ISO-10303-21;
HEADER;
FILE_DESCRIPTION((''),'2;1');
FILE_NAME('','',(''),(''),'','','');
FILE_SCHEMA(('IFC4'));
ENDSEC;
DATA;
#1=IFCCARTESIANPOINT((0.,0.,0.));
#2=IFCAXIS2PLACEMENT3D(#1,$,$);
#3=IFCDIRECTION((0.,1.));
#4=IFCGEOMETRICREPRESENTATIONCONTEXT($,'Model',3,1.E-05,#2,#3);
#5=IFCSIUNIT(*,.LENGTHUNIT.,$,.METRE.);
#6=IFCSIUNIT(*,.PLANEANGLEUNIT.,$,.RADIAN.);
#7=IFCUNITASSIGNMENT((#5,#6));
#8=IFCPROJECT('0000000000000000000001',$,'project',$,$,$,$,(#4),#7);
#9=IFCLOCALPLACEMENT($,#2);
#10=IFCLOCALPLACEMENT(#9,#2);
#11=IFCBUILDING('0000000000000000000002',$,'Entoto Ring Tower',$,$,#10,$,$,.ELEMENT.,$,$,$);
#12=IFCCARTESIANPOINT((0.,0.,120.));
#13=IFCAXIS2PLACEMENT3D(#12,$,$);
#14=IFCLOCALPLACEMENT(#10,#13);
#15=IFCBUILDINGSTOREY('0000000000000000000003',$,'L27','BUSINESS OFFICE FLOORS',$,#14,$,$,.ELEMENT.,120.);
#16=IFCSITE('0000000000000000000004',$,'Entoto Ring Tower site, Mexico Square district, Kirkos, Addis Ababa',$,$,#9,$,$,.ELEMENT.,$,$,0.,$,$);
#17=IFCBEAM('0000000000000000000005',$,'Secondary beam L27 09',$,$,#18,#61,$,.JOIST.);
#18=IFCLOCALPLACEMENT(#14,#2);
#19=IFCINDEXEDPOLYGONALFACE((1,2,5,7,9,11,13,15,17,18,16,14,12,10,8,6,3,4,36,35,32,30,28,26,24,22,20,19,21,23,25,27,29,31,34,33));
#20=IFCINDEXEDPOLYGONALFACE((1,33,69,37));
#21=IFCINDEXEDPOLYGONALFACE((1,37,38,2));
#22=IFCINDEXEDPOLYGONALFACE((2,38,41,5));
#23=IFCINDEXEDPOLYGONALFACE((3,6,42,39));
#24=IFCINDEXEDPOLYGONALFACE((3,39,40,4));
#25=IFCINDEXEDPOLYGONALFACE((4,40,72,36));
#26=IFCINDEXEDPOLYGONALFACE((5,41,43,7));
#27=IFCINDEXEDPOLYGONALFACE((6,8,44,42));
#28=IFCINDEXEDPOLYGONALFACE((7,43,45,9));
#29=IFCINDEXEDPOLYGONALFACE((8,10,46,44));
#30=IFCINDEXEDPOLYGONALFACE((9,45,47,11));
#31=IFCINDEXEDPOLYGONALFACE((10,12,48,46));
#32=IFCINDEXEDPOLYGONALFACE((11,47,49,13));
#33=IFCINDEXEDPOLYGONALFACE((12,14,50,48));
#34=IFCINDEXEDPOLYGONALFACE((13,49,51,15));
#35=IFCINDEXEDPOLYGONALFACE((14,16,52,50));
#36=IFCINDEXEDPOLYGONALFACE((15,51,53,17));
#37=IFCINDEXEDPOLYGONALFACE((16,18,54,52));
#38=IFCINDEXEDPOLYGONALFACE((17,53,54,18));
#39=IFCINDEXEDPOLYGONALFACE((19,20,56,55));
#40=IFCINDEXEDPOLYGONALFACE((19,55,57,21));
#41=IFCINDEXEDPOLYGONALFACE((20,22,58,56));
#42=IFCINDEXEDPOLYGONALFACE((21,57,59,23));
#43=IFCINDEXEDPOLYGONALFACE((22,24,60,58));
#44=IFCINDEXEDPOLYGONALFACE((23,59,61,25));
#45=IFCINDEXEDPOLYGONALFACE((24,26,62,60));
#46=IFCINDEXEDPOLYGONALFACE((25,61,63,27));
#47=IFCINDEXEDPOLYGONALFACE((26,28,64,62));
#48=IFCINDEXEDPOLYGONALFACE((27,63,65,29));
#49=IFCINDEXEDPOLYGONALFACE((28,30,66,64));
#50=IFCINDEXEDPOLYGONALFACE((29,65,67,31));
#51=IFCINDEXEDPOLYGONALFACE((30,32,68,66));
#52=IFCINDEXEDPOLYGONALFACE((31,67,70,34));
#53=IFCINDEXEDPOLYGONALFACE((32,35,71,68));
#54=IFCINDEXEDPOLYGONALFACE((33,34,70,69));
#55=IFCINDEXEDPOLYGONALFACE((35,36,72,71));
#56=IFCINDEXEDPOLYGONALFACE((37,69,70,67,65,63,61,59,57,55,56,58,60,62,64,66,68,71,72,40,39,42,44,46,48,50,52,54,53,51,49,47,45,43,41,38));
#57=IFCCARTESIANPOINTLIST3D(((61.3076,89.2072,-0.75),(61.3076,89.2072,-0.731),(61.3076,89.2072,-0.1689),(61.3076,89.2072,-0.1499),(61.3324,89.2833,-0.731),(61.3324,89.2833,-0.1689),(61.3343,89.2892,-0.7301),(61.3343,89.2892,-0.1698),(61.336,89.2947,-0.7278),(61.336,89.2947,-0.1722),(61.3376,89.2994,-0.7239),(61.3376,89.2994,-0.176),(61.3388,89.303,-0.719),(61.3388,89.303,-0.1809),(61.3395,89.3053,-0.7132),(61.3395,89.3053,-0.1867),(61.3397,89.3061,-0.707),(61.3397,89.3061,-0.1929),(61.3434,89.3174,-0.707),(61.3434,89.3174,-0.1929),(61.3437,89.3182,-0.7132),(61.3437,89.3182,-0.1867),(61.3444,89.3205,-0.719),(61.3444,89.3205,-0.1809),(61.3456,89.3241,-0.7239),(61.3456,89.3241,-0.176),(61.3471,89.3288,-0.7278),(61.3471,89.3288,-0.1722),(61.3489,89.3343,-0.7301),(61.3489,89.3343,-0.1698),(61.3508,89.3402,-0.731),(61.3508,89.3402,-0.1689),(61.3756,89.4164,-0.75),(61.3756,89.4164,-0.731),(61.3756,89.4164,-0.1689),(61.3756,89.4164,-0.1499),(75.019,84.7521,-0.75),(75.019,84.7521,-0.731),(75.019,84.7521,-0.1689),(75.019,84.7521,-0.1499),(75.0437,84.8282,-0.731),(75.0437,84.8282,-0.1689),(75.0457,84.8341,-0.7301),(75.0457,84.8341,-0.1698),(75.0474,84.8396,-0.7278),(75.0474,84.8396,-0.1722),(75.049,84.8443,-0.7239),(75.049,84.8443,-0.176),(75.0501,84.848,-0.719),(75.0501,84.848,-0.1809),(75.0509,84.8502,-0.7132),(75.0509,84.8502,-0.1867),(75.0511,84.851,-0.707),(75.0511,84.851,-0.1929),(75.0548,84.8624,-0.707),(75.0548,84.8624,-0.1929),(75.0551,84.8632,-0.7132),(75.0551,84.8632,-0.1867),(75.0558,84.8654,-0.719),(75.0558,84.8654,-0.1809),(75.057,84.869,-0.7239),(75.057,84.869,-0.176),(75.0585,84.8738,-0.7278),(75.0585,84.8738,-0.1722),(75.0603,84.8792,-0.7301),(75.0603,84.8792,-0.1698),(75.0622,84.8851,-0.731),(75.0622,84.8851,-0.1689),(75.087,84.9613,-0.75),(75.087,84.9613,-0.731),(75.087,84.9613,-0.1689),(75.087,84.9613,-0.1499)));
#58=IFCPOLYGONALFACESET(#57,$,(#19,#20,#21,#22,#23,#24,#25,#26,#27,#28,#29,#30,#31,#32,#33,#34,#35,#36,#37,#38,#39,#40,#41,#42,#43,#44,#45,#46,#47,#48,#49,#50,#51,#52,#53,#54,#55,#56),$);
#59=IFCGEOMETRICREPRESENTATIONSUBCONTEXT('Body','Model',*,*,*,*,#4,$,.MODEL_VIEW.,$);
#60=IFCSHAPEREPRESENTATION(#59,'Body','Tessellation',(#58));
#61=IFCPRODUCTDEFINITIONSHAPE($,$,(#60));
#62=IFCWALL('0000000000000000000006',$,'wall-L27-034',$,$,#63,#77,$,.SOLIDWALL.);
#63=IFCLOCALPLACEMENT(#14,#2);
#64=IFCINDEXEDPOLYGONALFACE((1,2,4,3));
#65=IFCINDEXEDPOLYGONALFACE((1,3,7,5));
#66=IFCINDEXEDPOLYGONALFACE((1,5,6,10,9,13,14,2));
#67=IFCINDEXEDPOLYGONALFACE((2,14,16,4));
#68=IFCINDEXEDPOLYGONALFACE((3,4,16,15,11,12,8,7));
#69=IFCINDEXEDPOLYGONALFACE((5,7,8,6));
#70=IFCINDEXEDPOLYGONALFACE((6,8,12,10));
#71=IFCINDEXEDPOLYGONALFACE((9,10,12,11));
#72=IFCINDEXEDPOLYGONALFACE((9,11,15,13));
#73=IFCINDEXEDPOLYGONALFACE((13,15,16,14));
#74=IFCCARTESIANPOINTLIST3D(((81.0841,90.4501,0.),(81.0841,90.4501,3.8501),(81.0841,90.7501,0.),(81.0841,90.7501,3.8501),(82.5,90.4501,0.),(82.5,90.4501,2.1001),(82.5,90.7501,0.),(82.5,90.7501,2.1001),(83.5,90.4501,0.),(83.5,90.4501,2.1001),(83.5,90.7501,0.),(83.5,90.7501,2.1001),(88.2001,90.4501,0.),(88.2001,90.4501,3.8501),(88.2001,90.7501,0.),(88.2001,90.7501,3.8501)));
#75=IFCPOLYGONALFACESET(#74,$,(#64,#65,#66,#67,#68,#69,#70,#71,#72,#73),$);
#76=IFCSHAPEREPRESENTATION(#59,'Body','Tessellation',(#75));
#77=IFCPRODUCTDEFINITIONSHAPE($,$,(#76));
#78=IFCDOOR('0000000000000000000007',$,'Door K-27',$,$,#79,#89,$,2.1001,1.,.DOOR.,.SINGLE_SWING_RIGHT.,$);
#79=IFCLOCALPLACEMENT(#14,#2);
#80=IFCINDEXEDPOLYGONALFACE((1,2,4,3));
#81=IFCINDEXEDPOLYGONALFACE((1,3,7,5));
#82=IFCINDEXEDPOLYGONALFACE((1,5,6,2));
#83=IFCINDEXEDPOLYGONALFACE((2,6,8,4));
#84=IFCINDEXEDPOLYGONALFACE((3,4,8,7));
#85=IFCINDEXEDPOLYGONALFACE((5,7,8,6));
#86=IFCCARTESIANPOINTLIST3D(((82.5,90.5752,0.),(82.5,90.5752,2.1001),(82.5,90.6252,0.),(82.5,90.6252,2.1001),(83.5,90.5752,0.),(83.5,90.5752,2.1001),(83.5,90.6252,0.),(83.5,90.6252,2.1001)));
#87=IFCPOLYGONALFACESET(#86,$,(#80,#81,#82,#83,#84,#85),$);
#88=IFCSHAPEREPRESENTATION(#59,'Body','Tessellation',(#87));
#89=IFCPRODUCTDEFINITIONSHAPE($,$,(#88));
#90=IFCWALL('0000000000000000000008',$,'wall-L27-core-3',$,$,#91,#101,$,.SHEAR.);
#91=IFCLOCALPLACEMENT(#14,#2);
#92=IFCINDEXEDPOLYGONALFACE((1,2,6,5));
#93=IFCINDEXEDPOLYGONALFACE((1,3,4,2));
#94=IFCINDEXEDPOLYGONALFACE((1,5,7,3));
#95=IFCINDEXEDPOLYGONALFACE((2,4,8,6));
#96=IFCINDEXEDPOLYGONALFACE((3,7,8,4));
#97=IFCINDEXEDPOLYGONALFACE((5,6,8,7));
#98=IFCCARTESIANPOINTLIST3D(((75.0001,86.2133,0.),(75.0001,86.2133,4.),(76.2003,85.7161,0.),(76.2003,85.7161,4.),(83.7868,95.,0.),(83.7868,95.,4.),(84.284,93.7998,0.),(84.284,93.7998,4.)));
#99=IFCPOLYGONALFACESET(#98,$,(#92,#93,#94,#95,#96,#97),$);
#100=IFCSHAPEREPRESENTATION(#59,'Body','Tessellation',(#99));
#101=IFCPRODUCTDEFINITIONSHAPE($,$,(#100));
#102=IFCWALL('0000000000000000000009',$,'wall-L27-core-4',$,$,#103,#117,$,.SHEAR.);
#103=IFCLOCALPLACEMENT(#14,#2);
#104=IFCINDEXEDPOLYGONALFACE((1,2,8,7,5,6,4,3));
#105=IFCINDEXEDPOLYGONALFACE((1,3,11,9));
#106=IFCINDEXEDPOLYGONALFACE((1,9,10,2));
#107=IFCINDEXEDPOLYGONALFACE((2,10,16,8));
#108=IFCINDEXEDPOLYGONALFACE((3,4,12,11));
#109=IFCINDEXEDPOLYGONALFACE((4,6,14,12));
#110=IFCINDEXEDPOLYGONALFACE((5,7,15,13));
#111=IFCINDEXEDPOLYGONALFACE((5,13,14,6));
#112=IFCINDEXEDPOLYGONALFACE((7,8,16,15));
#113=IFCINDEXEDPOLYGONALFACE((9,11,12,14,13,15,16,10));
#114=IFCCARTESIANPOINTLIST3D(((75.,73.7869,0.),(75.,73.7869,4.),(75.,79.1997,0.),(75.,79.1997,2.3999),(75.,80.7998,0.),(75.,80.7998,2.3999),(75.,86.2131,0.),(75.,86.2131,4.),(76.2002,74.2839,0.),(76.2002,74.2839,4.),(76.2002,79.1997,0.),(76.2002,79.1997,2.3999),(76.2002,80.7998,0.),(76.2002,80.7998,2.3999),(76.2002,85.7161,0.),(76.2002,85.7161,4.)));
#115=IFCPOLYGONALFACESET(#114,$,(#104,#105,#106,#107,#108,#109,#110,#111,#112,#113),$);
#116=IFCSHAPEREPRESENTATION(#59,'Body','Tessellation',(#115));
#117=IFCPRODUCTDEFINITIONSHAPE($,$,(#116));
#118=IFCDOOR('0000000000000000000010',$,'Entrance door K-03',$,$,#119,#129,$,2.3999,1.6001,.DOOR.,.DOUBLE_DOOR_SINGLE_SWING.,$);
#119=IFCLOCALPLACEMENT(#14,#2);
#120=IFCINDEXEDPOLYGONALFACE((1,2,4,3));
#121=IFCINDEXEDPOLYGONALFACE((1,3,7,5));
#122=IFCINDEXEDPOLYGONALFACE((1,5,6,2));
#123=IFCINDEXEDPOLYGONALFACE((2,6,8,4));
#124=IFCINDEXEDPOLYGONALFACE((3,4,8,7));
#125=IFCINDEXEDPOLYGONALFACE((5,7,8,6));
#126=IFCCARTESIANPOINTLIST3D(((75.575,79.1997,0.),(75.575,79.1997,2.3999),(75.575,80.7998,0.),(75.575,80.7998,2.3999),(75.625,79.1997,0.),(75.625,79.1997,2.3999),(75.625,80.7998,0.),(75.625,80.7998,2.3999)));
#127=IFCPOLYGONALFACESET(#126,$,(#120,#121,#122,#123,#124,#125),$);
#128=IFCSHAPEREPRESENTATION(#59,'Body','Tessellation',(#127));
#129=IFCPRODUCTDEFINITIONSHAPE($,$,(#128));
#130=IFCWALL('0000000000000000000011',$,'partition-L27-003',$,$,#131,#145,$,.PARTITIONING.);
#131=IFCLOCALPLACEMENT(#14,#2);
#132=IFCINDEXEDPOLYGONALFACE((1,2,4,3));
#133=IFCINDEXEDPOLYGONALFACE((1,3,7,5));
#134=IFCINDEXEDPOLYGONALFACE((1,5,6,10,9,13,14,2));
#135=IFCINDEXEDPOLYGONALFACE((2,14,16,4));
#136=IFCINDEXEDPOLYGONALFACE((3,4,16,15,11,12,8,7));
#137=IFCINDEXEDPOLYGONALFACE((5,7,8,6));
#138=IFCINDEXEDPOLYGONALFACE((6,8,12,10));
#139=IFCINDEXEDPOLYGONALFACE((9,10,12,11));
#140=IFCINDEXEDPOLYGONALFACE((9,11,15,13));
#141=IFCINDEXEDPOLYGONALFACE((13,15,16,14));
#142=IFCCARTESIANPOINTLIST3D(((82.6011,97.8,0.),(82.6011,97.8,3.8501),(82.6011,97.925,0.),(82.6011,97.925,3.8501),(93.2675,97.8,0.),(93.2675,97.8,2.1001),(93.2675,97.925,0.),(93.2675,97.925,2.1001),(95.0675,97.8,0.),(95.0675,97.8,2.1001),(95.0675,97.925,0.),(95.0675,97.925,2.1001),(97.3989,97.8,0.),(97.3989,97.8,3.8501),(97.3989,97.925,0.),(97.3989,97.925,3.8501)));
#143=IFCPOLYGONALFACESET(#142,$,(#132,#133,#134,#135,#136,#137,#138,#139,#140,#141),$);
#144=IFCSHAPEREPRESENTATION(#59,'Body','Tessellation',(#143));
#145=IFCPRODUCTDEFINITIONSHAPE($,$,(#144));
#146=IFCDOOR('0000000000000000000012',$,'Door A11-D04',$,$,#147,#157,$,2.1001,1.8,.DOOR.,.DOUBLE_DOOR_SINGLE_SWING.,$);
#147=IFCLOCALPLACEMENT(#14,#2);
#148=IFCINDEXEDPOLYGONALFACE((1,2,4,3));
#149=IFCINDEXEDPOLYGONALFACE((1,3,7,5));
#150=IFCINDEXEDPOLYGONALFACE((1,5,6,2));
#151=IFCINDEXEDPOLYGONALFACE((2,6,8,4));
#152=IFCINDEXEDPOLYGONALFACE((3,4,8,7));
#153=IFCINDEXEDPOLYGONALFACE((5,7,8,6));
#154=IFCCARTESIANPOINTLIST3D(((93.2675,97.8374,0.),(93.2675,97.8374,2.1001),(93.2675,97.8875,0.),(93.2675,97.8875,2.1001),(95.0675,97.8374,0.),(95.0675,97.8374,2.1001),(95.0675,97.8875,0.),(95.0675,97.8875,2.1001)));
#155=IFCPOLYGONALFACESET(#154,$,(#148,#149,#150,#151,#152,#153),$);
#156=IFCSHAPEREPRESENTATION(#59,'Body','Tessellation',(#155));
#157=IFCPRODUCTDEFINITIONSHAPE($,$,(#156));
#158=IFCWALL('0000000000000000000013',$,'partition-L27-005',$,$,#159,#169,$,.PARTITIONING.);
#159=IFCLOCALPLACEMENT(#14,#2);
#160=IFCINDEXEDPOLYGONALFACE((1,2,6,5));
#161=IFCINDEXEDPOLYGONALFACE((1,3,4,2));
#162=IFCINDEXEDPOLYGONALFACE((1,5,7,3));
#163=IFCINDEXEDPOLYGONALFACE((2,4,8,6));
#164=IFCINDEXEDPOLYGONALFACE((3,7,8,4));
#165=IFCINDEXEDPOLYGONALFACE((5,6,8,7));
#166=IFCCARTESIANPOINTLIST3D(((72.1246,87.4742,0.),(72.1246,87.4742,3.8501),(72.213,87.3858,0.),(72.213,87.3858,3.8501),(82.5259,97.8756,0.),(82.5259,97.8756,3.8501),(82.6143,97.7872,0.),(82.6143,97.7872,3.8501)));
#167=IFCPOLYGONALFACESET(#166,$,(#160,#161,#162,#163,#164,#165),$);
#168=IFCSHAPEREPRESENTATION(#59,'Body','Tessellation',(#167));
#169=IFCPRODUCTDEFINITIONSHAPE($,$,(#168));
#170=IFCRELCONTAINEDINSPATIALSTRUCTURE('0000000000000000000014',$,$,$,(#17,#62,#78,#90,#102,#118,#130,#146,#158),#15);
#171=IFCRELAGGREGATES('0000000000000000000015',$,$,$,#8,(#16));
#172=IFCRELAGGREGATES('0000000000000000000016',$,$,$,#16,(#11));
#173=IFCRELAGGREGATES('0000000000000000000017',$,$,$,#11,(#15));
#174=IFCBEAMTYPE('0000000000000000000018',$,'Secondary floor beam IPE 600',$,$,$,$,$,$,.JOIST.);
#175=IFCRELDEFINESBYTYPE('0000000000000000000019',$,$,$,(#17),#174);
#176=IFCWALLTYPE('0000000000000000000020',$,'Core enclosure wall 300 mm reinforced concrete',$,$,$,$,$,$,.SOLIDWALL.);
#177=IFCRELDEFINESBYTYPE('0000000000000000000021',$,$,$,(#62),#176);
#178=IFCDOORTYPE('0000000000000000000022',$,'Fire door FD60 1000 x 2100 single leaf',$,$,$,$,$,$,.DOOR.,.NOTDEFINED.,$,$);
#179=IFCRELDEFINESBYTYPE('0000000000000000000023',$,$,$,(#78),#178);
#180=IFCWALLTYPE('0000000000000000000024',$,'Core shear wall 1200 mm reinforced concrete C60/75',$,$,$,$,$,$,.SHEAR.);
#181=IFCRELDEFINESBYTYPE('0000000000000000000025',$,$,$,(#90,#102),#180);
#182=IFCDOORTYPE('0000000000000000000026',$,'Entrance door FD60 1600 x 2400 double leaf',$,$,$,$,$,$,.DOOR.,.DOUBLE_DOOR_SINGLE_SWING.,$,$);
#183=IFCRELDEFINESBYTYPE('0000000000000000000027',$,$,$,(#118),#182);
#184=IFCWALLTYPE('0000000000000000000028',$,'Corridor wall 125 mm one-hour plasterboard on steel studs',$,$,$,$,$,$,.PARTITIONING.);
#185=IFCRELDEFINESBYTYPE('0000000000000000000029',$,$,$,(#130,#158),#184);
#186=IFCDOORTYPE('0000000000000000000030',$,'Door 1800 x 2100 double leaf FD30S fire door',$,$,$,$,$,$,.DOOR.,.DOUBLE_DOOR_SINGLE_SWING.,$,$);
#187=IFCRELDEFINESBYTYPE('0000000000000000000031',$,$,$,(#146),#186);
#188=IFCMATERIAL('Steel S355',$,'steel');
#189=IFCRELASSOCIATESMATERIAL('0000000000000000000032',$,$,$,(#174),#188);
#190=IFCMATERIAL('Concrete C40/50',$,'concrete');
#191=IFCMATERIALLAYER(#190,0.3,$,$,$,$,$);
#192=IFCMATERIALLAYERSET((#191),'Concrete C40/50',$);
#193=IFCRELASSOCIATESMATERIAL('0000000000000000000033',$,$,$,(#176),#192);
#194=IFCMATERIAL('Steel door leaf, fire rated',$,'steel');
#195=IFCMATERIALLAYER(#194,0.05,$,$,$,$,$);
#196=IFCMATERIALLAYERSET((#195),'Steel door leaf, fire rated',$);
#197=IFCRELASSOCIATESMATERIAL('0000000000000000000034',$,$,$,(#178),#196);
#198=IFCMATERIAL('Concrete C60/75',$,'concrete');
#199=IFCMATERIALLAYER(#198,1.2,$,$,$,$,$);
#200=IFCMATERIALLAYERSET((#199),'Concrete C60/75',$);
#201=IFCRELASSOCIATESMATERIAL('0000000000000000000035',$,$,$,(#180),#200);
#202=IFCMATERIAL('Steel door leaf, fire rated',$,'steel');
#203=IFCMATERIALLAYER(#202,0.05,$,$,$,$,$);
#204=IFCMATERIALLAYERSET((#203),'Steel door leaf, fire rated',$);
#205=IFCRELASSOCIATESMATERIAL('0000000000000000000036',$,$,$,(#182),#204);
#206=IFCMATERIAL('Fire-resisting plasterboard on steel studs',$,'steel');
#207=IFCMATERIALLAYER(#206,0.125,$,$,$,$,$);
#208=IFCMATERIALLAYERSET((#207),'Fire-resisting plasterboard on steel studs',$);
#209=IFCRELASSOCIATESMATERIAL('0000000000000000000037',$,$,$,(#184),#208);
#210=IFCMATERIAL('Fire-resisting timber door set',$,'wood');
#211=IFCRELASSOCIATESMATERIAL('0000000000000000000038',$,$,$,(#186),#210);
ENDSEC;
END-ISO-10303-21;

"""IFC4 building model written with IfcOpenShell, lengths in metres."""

from ifc_helpers import new_model, si_unit, direction, frame, frame_2d, origin, origin_2d, place, context, subcontext, project, spatial, polyline, rectangle, i_section, outline, extrude, material, layer, layer_set, material_profile, profile_set, type_object, element, fill, save


model = new_model("IFC4")

# Units and contexts
model_context = context("Model", 3, precision=1e-05, world=origin(), true_north=direction((0.0, 1.0)))
body_context = subcontext(model_context, "Body", "Model", "MODEL_VIEW")
ifc_project = project(units=[si_unit("LENGTHUNIT", "METRE"), si_unit("PLANEANGLEUNIT", "RADIAN")], contexts=[model_context])

# Site, building, storey
site_placement = place(None, origin())
site = spatial("IfcSite", under=ifc_project, at=site_placement, Name="Entoto Ring Tower site, Mexico Square district, Kirkos, Addis Ababa", CompositionType="ELEMENT", RefElevation=0.0)
building_placement = place(site_placement, origin())
building = spatial("IfcBuilding", under=site, at=building_placement, Name="Entoto Ring Tower", CompositionType="ELEMENT")
storey_placement = place(building_placement, frame((0.0, 0.0, 120.0)))
storey = spatial("IfcBuildingStorey", under=building, at=storey_placement, Name="L27", Description="BUSINESS OFFICE FLOORS", CompositionType="ELEMENT", Elevation=120.0)

# Beam
ifc_material_1 = material(Name="Steel S355", Category="steel")
ifc_material_profile_1 = material_profile(ifc_material_1, i_section(OverallWidth=0.22, OverallDepth=0.6001, WebThickness=0.012, FlangeThickness=0.019, FilletRadius=0.0239, at=origin_2d()), Name="IPE 600")
ifc_profile_set_1 = profile_set([ifc_material_profile_1], Name="Steel S355")
beam_type_1 = type_object("IfcBeamType", Name="Secondary floor beam IPE 600", PredefinedType="JOIST", material=ifc_profile_set_1)
beam_1_placement = place(storey_placement, frame((75.053, 84.8567, -0.45), z_axis=(-0.951057, 0.309015, 0.0), x_axis=(-0.309015, -0.951057, 0.0)))
element("IfcBeam", 1, at=beam_1_placement, inside=storey, type_object=beam_type_1, Name="Secondary beam L27 09", PredefinedType="JOIST", context=body_context, shape_type="SweptSolid", body=[
    extrude(i_section(OverallWidth=0.22, OverallDepth=0.6001, WebThickness=0.012, FlangeThickness=0.019, FilletRadius=0.0239, at=origin_2d()), origin(), (0.0, 0.0, 1.0), 14.417),
])

# Wall, opening, door
ifc_material_2 = material(Name="Concrete C40/50", Category="concrete")
ifc_layer_1 = layer(ifc_material_2, 0.3)
ifc_layer_set_1 = layer_set([ifc_layer_1], Name="Concrete C40/50")
wall_type_1 = type_object("IfcWallType", Name="Core enclosure wall 300 mm reinforced concrete", PredefinedType="SOLIDWALL", material=ifc_layer_set_1)
wall_1_placement = place(storey_placement, frame((81.084, 90.6001, 0.0), z_axis=(0.0, 0.0, 1.0), x_axis=(1.0, 0.0, 0.0)))
wall_1 = element("IfcWall", 2, at=wall_1_placement, inside=storey, type_object=wall_type_1, Name="wall-L27-034", PredefinedType="SOLIDWALL", context=body_context, shape_type="SweptSolid", body=[
    extrude(rectangle(XDim=7.116, YDim=0.3, at=frame_2d((3.5581, 0.0))), origin(), (0.0, 0.0, 1.0), 3.8501),
])
opening_1_placement = place(wall_1_placement, frame((1.416, 0.0, 0.0)))
opening_1 = element("IfcOpeningElement", 3, at=opening_1_placement, cuts=wall_1, PredefinedType="OPENING", context=body_context, shape_type="SweptSolid", body=[
    extrude(rectangle(XDim=1.0, YDim=2.1001, at=frame_2d((0.5, 1.05))), frame((0.0, 0.1602, 0.0), z_axis=(0.0, -1.0, 0.0), x_axis=(1.0, 0.0, 0.0)), (0.0, 0.0, 1.0), 0.3201),
])
ifc_material_3 = material(Name="Steel door leaf, fire rated", Category="steel")
ifc_layer_2 = layer(ifc_material_3, 0.05)
ifc_layer_set_2 = layer_set([ifc_layer_2], Name="Steel door leaf, fire rated")
door_type_1 = type_object("IfcDoorType", Name="Fire door FD60 1000 x 2100 single leaf", OperationType="NOTDEFINED", PredefinedType="DOOR", material=ifc_layer_set_2)
door_1_placement = place(opening_1_placement, frame((1.0, 0.0, 0.0), z_axis=(0.0, 0.0, 1.0), x_axis=(-1.0, 0.0, 0.0)))
door_1 = element("IfcDoor", 4, at=door_1_placement, inside=storey, type_object=door_type_1, Name="Door K-27", OperationType="SINGLE_SWING_RIGHT", OverallHeight=2.1001, OverallWidth=1.0, PredefinedType="DOOR", context=body_context, shape_type="SweptSolid", body=[
    extrude(rectangle(XDim=1.0, YDim=2.1001, at=frame_2d((0.5, 1.05))), frame((0.0, 0.0249, 0.0), z_axis=(0.0, -1.0, 0.0), x_axis=(1.0, 0.0, 0.0)), (0.0, 0.0, 1.0), 0.05),
])
fill(opening_1, door_1)

# Wall
ifc_material_4 = material(Name="Concrete C60/75", Category="concrete")
ifc_layer_3 = layer(ifc_material_4, 1.2)
ifc_layer_set_3 = layer_set([ifc_layer_3], Name="Concrete C60/75")
wall_type_2 = type_object("IfcWallType", Name="Core shear wall 1200 mm reinforced concrete C60/75", PredefinedType="SHEAR", material=ifc_layer_set_3)
wall_2_placement = place(storey_placement, frame((84.0354, 94.3999, 0.0), z_axis=(0.0, 0.0, 1.0), x_axis=(-0.707107, -0.707107, 0.0)))
element("IfcWall", 5, at=wall_2_placement, inside=storey, type_object=wall_type_2, Name="wall-L27-core-3", PredefinedType="SHEAR", context=body_context, shape_type="SweptSolid", body=[
    extrude(outline(polyline([(-0.2485, -0.6001), (12.1777, -0.6001), (11.6807, 0.6001), (0.2485, 0.6001), (-0.2485, -0.6001)])), origin(), (0.0, 0.0, 1.0), 4.0),
])

# Walls, openings, doors
wall_3_placement = place(storey_placement, frame((75.6001, 85.9646, 0.0), z_axis=(0.0, 0.0, 1.0), x_axis=(0.0, -1.0, 0.0)))
wall_3 = element("IfcWall", 6, at=wall_3_placement, inside=storey, type_object=wall_type_2, Name="wall-L27-core-4", PredefinedType="SHEAR", context=body_context, shape_type="SweptSolid", body=[
    extrude(outline(polyline([(-0.2485, -0.6001), (12.1777, -0.6001), (11.6807, 0.6001), (0.2485, 0.6001), (-0.2485, -0.6001)])), origin(), (0.0, 0.0, 1.0), 4.0),
])
opening_2_placement = place(wall_3_placement, frame((5.1648, 0.0, 0.0)))
opening_2 = element("IfcOpeningElement", 7, at=opening_2_placement, cuts=wall_3, PredefinedType="OPENING", context=body_context, shape_type="SweptSolid", body=[
    extrude(rectangle(XDim=1.6001, YDim=2.3999, at=frame_2d((0.8, 1.2))), frame((0.0, 0.6099, 0.0), z_axis=(0.0, -1.0, 0.0), x_axis=(1.0, 0.0, 0.0)), (0.0, 0.0, 1.0), 1.22),
])
ifc_material_5 = material(Name="Steel door leaf, fire rated", Category="steel")
ifc_layer_4 = layer(ifc_material_5, 0.05)
ifc_layer_set_4 = layer_set([ifc_layer_4], Name="Steel door leaf, fire rated")
door_type_2 = type_object("IfcDoorType", Name="Entrance door FD60 1600 x 2400 double leaf", OperationType="DOUBLE_DOOR_SINGLE_SWING", PredefinedType="DOOR", material=ifc_layer_set_4)
door_2_placement = place(opening_2_placement, origin())
door_2 = element("IfcDoor", 8, at=door_2_placement, inside=storey, type_object=door_type_2, Name="Entrance door K-03", OperationType="DOUBLE_DOOR_SINGLE_SWING", OverallHeight=2.3999, OverallWidth=1.6001, PredefinedType="DOOR", context=body_context, shape_type="SweptSolid", body=[
    extrude(rectangle(XDim=1.6001, YDim=2.3999, at=frame_2d((0.8, 1.2))), frame((0.0, 0.0249, 0.0), z_axis=(0.0, -1.0, 0.0), x_axis=(1.0, 0.0, 0.0)), (0.0, 0.0, 1.0), 0.05),
])
fill(opening_2, door_2)
ifc_material_6 = material(Name="Fire-resisting plasterboard on steel studs", Category="steel")
ifc_layer_5 = layer(ifc_material_6, 0.125)
ifc_layer_set_5 = layer_set([ifc_layer_5], Name="Fire-resisting plasterboard on steel studs")
wall_type_3 = type_object("IfcWallType", Name="Corridor wall 125 mm one-hour plasterboard on steel studs", PredefinedType="PARTITIONING", material=ifc_layer_set_5)
wall_4_placement = place(storey_placement, frame((82.6011, 97.8625, 0.0), z_axis=(0.0, 0.0, 1.0), x_axis=(1.0, 0.0, 0.0)))
wall_4 = element("IfcWall", 9, at=wall_4_placement, inside=storey, type_object=wall_type_3, Name="partition-L27-003", PredefinedType="PARTITIONING", context=body_context, shape_type="SweptSolid", body=[
    extrude(rectangle(XDim=14.7979, YDim=0.125, at=frame_2d((7.3989, 0.0))), origin(), (0.0, 0.0, 1.0), 3.8501),
])
opening_3_placement = place(wall_4_placement, frame((10.6665, 0.0, 0.0)))
opening_3 = element("IfcOpeningElement", 10, at=opening_3_placement, cuts=wall_4, PredefinedType="OPENING", context=body_context, shape_type="SweptSolid", body=[
    extrude(rectangle(XDim=1.8, YDim=2.1001, at=frame_2d((0.8999, 1.05))), frame((0.0, 0.0725, 0.0), z_axis=(0.0, -1.0, 0.0), x_axis=(1.0, 0.0, 0.0)), (0.0, 0.0, 1.0), 0.145),
])
ifc_material_7 = material(Name="Fire-resisting timber door set", Category="wood")
door_type_3 = type_object("IfcDoorType", Name="Door 1800 x 2100 double leaf FD30S fire door", OperationType="DOUBLE_DOOR_SINGLE_SWING", PredefinedType="DOOR", material=ifc_material_7)
door_3_placement = place(opening_3_placement, origin())
door_3 = element("IfcDoor", 11, at=door_3_placement, inside=storey, type_object=door_type_3, Name="Door A11-D04", OperationType="DOUBLE_DOOR_SINGLE_SWING", OverallHeight=2.1001, OverallWidth=1.8, PredefinedType="DOOR", context=body_context, shape_type="SweptSolid", body=[
    extrude(rectangle(XDim=1.8, YDim=2.1001, at=frame_2d((0.8999, 1.05))), frame((0.0, 0.0249, 0.0), z_axis=(0.0, -1.0, 0.0), x_axis=(1.0, 0.0, 0.0)), (0.0, 0.0, 1.0), 0.05),
])
fill(opening_3, door_3)

# Wall
wall_5_placement = place(storey_placement, frame((72.1687, 87.4299, 0.0), z_axis=(0.0, 0.0, 1.0), x_axis=(0.707107, 0.707107, 0.0)))
element("IfcWall", 12, at=wall_5_placement, inside=storey, type_object=wall_type_3, Name="partition-L27-005", PredefinedType="PARTITIONING", context=body_context, shape_type="SweptSolid", body=[
    extrude(rectangle(XDim=14.7097, YDim=0.125, at=frame_2d((7.355, 0.0))), origin(), (0.0, 0.0, 1.0), 3.8501),
])

save(model, "model.ifc")
